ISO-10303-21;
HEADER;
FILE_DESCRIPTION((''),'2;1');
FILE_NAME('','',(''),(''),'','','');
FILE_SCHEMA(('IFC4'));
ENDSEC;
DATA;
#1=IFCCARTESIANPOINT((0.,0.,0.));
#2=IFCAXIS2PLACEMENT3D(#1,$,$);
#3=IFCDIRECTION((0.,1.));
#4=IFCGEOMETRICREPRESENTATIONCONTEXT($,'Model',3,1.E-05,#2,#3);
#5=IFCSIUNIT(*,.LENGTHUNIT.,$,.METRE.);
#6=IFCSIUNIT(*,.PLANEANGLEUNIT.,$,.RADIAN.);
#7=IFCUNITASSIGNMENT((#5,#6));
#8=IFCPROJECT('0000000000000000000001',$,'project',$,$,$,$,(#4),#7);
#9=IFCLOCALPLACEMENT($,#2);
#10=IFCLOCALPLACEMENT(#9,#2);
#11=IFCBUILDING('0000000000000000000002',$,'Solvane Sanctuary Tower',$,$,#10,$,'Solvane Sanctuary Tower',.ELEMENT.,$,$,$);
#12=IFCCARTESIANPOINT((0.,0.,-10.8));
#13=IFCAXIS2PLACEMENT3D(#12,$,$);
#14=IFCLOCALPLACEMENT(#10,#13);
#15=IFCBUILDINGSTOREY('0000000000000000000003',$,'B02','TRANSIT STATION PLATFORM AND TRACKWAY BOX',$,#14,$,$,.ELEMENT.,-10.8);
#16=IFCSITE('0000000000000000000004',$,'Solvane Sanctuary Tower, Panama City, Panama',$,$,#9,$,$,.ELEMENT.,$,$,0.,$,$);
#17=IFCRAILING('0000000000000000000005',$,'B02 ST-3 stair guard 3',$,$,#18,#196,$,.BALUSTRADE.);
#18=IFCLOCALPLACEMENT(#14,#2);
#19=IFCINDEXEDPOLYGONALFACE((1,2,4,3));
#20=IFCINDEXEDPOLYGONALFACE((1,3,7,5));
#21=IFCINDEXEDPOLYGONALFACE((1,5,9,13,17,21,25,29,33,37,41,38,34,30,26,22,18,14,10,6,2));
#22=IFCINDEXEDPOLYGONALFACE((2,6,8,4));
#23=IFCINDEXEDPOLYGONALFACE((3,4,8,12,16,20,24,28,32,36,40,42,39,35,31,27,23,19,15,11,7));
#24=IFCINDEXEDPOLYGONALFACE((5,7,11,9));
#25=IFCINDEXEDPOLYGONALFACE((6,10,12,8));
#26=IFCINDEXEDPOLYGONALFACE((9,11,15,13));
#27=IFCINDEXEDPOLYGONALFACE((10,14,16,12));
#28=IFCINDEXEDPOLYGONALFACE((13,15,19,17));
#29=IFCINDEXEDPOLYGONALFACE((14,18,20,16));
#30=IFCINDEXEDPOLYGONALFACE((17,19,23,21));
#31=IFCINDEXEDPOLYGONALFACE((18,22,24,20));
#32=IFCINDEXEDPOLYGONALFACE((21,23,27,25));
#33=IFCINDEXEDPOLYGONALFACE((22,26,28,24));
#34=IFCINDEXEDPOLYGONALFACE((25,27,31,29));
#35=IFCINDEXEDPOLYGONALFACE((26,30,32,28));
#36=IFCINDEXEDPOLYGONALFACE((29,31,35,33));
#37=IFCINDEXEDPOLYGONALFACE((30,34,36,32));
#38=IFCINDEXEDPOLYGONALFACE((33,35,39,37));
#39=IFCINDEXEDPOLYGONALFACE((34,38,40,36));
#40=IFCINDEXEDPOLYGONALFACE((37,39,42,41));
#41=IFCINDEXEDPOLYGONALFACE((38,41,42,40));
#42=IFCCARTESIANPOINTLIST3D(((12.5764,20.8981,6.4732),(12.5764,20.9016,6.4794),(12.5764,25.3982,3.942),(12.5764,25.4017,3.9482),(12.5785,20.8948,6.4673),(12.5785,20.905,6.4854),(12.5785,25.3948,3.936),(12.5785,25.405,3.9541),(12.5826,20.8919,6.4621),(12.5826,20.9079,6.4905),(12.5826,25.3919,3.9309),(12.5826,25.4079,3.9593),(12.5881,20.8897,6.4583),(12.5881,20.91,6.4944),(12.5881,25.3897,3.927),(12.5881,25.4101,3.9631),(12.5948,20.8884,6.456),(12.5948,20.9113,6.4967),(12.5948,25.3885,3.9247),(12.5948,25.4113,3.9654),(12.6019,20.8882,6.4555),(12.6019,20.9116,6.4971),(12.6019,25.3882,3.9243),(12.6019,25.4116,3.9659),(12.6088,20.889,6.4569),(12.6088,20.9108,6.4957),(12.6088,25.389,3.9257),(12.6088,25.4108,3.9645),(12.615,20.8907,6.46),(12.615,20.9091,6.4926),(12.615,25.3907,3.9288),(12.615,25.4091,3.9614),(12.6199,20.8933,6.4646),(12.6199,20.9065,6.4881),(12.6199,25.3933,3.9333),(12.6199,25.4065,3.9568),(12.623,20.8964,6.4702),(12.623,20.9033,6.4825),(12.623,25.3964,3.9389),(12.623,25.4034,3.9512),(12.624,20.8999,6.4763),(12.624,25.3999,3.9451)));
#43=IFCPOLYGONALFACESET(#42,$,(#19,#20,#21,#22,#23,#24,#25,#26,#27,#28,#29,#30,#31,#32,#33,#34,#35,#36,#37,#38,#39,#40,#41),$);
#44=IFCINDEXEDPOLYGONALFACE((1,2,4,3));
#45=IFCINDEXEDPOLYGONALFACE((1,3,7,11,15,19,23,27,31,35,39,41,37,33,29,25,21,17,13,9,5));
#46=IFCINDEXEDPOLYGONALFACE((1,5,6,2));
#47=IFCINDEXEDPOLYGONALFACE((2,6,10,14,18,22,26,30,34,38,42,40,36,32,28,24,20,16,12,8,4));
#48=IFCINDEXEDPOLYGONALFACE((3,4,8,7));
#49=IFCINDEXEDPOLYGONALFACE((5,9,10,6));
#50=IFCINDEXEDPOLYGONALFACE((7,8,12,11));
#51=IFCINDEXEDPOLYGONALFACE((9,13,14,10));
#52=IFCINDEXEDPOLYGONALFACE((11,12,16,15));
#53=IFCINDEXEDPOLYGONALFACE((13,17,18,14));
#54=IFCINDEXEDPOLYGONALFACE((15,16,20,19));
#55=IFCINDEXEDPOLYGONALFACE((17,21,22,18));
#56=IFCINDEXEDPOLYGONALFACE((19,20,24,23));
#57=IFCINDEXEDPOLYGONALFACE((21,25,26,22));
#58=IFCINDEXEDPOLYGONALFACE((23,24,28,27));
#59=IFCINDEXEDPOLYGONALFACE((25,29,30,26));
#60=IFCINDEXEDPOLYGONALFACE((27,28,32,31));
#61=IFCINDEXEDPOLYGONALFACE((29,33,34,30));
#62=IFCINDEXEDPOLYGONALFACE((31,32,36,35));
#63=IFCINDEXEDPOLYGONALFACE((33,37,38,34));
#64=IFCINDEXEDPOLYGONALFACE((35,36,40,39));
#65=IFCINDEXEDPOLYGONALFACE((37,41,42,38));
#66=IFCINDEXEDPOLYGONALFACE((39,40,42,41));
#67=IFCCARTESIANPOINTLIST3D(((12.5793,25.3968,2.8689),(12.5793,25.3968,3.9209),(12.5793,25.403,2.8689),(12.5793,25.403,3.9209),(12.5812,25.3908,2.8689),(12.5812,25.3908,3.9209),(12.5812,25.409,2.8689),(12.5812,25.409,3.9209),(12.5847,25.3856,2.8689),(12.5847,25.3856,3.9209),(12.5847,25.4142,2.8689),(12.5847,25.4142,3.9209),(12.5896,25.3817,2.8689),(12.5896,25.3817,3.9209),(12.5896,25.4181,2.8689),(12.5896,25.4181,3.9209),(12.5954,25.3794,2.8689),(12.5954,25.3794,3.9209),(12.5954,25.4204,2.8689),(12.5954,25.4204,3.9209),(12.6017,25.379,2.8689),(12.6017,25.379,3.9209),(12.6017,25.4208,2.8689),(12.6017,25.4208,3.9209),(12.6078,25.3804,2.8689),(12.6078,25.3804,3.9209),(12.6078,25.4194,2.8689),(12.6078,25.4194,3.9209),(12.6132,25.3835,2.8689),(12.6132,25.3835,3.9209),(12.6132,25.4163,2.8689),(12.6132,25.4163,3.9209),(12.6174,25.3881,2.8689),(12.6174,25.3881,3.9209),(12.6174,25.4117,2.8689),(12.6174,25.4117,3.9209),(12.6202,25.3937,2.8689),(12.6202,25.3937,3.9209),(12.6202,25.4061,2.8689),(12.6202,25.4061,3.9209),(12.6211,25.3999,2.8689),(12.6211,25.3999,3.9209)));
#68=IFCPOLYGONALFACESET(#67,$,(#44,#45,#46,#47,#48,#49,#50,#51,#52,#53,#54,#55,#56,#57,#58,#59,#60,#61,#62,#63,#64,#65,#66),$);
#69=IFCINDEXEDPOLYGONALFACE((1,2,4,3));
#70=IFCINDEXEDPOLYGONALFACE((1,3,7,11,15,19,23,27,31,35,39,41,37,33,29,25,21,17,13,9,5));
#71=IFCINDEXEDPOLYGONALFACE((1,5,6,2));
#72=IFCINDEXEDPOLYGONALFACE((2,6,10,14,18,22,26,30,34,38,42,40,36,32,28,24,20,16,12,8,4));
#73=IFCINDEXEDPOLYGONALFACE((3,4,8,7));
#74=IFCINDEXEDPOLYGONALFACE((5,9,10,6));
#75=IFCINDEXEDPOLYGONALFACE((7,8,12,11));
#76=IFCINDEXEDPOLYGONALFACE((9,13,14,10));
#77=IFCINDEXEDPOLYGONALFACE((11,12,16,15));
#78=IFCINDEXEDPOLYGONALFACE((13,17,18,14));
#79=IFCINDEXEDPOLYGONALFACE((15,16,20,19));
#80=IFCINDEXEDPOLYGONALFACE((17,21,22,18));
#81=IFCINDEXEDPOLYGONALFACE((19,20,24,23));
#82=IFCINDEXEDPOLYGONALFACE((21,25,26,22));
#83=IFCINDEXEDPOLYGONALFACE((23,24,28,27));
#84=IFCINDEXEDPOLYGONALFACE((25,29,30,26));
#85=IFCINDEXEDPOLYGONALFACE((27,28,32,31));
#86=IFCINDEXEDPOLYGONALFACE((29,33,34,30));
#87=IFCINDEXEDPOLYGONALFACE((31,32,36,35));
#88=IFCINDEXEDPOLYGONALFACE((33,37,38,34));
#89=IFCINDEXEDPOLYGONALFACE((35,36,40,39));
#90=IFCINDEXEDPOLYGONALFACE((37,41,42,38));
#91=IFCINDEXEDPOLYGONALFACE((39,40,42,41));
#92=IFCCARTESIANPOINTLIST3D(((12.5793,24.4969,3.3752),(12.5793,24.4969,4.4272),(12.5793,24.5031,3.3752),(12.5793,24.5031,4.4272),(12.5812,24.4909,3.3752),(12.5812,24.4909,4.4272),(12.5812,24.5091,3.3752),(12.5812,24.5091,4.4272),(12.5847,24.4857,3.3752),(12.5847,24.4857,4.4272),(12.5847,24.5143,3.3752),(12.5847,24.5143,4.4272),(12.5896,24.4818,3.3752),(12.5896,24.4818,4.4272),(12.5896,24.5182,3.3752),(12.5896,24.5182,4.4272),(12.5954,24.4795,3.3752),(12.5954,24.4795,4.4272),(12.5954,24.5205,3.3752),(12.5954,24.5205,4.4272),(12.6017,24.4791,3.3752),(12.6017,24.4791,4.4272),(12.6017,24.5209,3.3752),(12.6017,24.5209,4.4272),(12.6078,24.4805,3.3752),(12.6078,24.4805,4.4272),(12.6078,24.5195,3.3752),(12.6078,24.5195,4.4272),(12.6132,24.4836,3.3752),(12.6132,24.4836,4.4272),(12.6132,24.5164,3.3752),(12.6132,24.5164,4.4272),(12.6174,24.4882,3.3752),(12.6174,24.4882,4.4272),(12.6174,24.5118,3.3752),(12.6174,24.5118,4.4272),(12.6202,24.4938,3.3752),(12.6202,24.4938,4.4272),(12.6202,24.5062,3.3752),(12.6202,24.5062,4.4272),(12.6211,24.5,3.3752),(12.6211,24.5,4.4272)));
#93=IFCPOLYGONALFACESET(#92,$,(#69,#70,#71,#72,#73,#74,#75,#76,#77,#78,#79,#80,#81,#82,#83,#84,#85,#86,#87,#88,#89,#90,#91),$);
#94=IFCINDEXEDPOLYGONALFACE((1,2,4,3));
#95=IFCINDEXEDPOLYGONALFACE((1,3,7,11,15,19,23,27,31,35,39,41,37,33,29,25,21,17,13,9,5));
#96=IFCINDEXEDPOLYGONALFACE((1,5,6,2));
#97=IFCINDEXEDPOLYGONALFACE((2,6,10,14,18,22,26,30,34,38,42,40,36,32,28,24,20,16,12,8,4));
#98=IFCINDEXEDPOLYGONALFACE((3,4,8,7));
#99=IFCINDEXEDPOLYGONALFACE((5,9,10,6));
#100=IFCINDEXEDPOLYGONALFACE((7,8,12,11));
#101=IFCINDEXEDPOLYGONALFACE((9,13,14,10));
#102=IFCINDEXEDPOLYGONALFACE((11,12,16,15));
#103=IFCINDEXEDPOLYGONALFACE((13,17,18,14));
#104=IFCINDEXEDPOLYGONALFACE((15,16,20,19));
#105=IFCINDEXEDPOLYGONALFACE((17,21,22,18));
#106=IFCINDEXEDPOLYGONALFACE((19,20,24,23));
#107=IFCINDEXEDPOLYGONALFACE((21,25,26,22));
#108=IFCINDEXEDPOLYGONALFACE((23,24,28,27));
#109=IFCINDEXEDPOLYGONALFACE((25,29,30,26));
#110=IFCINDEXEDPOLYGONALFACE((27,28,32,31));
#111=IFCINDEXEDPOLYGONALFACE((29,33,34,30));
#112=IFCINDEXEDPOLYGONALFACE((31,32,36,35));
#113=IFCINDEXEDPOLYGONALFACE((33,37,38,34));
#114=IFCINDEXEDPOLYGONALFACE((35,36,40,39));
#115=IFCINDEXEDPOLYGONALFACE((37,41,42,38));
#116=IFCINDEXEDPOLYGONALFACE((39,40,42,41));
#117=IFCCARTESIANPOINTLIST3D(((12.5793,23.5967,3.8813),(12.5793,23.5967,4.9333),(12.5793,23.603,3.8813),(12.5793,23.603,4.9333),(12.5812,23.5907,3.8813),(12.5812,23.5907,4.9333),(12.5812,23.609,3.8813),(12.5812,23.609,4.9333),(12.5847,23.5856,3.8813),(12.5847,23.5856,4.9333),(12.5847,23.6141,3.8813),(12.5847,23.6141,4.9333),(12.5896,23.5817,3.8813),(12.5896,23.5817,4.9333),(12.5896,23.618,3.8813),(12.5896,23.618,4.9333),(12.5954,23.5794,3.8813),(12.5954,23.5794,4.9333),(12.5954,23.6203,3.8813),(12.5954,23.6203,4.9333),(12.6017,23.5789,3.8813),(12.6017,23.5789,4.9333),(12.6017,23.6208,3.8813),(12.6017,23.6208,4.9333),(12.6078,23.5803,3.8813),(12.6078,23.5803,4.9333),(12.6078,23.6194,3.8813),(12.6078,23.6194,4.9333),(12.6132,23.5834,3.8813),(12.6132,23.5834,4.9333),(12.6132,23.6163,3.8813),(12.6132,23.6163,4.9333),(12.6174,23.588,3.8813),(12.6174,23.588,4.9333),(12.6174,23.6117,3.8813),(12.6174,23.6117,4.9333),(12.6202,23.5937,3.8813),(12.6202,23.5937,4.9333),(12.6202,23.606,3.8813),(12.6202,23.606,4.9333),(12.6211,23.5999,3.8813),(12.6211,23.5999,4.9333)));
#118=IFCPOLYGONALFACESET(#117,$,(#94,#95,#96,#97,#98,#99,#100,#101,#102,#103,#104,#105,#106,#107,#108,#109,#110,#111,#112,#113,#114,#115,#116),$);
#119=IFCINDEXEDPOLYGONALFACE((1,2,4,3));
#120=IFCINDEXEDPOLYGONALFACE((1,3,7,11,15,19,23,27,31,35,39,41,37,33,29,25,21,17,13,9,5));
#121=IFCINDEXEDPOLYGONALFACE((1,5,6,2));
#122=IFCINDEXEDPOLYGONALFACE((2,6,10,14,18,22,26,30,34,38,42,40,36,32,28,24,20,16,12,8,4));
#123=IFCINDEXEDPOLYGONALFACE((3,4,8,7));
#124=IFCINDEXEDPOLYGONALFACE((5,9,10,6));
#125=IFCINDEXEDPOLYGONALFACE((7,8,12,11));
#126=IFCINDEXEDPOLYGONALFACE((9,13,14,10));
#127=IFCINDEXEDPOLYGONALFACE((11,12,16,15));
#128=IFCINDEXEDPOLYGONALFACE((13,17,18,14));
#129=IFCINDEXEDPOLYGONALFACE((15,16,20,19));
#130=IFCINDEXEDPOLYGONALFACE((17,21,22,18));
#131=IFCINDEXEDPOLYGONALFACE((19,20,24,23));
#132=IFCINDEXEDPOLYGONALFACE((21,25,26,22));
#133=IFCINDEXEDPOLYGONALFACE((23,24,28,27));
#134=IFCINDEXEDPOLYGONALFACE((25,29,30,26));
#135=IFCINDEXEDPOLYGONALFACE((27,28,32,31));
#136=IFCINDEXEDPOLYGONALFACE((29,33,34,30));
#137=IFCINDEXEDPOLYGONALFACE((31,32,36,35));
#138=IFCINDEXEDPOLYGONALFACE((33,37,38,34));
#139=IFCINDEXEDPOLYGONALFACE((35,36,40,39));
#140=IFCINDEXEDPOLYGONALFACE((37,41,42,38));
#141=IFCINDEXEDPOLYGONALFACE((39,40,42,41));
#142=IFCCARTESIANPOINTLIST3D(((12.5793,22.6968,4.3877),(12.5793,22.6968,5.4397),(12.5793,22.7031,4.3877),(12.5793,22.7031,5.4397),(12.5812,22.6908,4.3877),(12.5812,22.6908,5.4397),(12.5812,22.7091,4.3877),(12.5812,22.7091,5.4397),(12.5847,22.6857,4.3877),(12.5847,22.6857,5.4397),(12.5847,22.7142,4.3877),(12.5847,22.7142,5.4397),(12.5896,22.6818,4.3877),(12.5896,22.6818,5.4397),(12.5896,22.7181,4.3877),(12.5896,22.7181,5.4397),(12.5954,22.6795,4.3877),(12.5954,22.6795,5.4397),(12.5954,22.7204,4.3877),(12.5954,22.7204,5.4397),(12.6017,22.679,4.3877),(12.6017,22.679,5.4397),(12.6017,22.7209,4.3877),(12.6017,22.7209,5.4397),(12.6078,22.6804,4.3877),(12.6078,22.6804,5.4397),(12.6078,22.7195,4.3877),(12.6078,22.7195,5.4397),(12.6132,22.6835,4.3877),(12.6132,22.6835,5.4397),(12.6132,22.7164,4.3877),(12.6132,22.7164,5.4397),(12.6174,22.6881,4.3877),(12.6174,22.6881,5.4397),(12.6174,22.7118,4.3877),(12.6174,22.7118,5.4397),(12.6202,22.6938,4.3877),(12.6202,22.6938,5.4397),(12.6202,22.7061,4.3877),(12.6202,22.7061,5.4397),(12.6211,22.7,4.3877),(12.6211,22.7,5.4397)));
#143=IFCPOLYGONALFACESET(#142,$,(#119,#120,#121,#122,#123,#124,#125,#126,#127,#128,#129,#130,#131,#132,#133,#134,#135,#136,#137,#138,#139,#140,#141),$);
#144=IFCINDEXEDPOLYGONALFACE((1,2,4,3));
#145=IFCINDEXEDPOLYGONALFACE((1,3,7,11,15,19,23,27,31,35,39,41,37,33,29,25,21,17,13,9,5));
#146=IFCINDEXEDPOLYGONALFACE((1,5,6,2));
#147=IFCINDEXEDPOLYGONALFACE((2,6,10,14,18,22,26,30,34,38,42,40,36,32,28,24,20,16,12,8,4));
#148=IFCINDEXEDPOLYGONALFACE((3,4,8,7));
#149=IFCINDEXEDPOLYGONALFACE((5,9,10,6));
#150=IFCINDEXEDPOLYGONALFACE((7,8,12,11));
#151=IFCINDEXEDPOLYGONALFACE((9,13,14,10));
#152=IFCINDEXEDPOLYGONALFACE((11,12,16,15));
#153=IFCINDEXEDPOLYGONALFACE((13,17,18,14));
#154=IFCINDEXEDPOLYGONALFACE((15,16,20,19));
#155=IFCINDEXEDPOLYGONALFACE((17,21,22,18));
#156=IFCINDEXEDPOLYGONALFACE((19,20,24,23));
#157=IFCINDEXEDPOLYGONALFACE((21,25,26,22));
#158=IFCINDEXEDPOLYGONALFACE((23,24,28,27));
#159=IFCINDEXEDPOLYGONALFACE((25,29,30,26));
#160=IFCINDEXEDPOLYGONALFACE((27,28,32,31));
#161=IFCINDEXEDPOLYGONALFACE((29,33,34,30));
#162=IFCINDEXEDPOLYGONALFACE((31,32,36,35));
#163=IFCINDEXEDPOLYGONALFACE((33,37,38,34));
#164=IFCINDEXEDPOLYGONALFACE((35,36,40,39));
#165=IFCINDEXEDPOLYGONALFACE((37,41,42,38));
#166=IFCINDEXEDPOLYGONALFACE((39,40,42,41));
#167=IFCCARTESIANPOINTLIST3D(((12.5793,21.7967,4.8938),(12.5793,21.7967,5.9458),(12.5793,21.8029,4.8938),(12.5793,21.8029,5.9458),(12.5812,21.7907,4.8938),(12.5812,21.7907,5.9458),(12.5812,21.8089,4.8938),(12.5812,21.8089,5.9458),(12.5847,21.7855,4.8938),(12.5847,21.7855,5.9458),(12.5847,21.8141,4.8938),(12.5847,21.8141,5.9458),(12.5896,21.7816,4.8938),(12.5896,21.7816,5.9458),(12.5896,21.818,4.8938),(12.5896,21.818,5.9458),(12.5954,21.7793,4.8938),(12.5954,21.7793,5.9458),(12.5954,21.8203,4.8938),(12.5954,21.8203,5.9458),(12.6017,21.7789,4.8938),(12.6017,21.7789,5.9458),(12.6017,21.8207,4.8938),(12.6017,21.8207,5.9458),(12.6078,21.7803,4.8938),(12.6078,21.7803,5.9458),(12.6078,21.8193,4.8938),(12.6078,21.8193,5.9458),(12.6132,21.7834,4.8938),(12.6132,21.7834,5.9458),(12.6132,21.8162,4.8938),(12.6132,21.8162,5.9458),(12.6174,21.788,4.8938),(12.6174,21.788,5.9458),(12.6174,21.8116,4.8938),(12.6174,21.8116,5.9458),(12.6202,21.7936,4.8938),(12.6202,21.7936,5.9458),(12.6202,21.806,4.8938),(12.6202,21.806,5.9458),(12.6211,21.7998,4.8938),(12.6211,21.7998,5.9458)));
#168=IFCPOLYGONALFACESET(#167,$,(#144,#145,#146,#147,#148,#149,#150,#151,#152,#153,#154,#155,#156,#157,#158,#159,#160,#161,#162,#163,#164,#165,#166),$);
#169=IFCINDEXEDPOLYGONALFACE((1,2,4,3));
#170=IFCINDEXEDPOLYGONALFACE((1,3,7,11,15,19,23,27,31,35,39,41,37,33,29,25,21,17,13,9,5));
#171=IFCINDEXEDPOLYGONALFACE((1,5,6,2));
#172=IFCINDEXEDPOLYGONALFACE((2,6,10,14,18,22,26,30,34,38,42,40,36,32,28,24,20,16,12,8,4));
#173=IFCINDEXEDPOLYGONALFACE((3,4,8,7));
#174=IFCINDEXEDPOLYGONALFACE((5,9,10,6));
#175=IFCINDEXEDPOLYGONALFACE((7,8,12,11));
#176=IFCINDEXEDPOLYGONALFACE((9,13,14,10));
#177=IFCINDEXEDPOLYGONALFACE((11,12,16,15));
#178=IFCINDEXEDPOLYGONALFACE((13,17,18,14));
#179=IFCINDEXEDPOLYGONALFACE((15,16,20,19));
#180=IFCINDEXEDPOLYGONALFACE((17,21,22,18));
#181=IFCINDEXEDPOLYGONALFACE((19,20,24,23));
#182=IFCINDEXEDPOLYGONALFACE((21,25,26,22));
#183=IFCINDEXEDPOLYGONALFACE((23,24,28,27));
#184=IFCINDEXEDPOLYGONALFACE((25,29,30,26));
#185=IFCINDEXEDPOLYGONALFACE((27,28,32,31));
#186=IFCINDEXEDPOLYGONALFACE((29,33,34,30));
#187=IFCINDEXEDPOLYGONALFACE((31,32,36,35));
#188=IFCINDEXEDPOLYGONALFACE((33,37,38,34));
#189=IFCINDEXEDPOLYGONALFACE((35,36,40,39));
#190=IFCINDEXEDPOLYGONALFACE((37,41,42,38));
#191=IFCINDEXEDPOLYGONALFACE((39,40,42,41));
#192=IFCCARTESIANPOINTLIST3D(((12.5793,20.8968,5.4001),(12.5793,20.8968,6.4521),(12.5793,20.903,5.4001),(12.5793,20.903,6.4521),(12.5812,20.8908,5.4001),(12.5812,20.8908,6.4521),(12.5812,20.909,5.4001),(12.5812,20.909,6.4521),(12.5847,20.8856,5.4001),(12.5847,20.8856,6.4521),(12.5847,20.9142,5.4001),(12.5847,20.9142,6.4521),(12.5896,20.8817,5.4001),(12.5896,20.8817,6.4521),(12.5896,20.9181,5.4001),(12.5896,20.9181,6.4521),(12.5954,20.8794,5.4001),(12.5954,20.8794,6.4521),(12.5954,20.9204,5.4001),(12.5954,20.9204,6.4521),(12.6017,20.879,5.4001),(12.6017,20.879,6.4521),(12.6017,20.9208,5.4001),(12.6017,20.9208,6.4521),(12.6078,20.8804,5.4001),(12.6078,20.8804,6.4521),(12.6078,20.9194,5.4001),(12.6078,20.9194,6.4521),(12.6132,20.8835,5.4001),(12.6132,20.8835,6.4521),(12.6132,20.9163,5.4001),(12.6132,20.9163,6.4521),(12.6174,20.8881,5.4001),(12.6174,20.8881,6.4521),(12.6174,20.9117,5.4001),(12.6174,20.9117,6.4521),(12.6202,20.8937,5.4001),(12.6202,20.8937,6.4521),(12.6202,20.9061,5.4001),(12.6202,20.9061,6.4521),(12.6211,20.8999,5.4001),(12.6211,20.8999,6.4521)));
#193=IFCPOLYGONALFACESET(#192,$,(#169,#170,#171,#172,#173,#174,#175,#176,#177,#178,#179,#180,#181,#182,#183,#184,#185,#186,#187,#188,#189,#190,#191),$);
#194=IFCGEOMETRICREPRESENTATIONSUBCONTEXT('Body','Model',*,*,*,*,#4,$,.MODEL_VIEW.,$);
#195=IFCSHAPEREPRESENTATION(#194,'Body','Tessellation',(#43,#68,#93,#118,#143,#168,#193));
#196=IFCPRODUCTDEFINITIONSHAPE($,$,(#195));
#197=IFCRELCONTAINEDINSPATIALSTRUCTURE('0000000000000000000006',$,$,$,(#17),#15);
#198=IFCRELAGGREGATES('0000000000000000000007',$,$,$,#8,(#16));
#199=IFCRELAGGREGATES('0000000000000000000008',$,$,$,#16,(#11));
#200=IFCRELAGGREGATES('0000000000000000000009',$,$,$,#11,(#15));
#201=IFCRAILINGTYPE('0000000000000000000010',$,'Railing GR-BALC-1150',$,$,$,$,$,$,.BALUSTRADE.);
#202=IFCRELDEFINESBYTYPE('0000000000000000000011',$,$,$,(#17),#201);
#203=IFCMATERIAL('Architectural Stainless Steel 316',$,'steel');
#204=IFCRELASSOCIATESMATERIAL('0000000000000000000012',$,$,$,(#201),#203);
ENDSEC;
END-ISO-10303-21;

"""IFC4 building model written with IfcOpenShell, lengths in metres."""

from ifc_helpers import new_model, si_unit, direction, frame, origin, origin_2d, place, context, subcontext, project, spatial, circle, extrude, material, type_object, element, save


model = new_model("IFC4")

# Units and contexts
model_context = context("Model", 3, precision=1e-05, world=origin(), true_north=direction((0.0, 1.0)))
body_context = subcontext(model_context, "Body", "Model", "MODEL_VIEW")
ifc_project = project(units=[si_unit("LENGTHUNIT", "METRE"), si_unit("PLANEANGLEUNIT", "RADIAN")], contexts=[model_context])

# Site, building, storey
site_placement = place(None, origin())
site = spatial("IfcSite", under=ifc_project, at=site_placement, Name="Solvane Sanctuary Tower, Panama City, Panama", CompositionType="ELEMENT", RefElevation=0.0)
building_placement = place(site_placement, origin())
building = spatial("IfcBuilding", under=site, at=building_placement, Name="Solvane Sanctuary Tower", LongName="Solvane Sanctuary Tower", CompositionType="ELEMENT")
storey_placement = place(building_placement, frame((0.0, 0.0, -10.8)))
storey = spatial("IfcBuildingStorey", under=building, at=storey_placement, Name="B02", Description="TRANSIT STATION PLATFORM AND TRACKWAY BOX", CompositionType="ELEMENT", Elevation=-10.8)

# Shared definitions
ifc_material_1 = material(Name="Architectural Stainless Steel 316", Category="steel")

# Railing
railing_type_1 = type_object("IfcRailingType", Name="Railing GR-BALC-1150", PredefinedType="BALUSTRADE", material=ifc_material_1)
railing_1_placement = place(storey_placement, frame((12.6001, 25.3999, 2.8689)))
element("IfcRailing", 1, at=railing_1_placement, inside=storey, type_object=railing_type_1, Name="B02 ST-3 stair guard 3", PredefinedType="BALUSTRADE", context=body_context, shape_type="SweptSolid", body=[
    extrude(circle(Radius=0.0239, at=origin_2d()), frame((0.0, 0.0, 1.0762), z_axis=(0.0, -0.871576, 0.490261), x_axis=(1.0, 0.0, 0.0)), (0.0, 0.0, 1.0), 5.1631),
    extrude(circle(Radius=0.021, at=origin_2d()), origin(), (0.0, 0.0, 1.0), 1.052),
    extrude(circle(Radius=0.021, at=origin_2d()), frame((0.0, -0.8999, 0.5063)), (0.0, 0.0, 1.0), 1.052),
    extrude(circle(Radius=0.021, at=origin_2d()), frame((0.0, -1.8, 1.0125)), (0.0, 0.0, 1.0), 1.052),
    extrude(circle(Radius=0.021, at=origin_2d()), frame((0.0, -2.7, 1.5188)), (0.0, 0.0, 1.0), 1.052),
    extrude(circle(Radius=0.021, at=origin_2d()), frame((0.0, -3.6001, 2.0249)), (0.0, 0.0, 1.0), 1.052),
    extrude(circle(Radius=0.021, at=origin_2d()), frame((0.0, -4.5, 2.5312)), (0.0, 0.0, 1.0), 1.052),
])

save(model, "model.ifc")
